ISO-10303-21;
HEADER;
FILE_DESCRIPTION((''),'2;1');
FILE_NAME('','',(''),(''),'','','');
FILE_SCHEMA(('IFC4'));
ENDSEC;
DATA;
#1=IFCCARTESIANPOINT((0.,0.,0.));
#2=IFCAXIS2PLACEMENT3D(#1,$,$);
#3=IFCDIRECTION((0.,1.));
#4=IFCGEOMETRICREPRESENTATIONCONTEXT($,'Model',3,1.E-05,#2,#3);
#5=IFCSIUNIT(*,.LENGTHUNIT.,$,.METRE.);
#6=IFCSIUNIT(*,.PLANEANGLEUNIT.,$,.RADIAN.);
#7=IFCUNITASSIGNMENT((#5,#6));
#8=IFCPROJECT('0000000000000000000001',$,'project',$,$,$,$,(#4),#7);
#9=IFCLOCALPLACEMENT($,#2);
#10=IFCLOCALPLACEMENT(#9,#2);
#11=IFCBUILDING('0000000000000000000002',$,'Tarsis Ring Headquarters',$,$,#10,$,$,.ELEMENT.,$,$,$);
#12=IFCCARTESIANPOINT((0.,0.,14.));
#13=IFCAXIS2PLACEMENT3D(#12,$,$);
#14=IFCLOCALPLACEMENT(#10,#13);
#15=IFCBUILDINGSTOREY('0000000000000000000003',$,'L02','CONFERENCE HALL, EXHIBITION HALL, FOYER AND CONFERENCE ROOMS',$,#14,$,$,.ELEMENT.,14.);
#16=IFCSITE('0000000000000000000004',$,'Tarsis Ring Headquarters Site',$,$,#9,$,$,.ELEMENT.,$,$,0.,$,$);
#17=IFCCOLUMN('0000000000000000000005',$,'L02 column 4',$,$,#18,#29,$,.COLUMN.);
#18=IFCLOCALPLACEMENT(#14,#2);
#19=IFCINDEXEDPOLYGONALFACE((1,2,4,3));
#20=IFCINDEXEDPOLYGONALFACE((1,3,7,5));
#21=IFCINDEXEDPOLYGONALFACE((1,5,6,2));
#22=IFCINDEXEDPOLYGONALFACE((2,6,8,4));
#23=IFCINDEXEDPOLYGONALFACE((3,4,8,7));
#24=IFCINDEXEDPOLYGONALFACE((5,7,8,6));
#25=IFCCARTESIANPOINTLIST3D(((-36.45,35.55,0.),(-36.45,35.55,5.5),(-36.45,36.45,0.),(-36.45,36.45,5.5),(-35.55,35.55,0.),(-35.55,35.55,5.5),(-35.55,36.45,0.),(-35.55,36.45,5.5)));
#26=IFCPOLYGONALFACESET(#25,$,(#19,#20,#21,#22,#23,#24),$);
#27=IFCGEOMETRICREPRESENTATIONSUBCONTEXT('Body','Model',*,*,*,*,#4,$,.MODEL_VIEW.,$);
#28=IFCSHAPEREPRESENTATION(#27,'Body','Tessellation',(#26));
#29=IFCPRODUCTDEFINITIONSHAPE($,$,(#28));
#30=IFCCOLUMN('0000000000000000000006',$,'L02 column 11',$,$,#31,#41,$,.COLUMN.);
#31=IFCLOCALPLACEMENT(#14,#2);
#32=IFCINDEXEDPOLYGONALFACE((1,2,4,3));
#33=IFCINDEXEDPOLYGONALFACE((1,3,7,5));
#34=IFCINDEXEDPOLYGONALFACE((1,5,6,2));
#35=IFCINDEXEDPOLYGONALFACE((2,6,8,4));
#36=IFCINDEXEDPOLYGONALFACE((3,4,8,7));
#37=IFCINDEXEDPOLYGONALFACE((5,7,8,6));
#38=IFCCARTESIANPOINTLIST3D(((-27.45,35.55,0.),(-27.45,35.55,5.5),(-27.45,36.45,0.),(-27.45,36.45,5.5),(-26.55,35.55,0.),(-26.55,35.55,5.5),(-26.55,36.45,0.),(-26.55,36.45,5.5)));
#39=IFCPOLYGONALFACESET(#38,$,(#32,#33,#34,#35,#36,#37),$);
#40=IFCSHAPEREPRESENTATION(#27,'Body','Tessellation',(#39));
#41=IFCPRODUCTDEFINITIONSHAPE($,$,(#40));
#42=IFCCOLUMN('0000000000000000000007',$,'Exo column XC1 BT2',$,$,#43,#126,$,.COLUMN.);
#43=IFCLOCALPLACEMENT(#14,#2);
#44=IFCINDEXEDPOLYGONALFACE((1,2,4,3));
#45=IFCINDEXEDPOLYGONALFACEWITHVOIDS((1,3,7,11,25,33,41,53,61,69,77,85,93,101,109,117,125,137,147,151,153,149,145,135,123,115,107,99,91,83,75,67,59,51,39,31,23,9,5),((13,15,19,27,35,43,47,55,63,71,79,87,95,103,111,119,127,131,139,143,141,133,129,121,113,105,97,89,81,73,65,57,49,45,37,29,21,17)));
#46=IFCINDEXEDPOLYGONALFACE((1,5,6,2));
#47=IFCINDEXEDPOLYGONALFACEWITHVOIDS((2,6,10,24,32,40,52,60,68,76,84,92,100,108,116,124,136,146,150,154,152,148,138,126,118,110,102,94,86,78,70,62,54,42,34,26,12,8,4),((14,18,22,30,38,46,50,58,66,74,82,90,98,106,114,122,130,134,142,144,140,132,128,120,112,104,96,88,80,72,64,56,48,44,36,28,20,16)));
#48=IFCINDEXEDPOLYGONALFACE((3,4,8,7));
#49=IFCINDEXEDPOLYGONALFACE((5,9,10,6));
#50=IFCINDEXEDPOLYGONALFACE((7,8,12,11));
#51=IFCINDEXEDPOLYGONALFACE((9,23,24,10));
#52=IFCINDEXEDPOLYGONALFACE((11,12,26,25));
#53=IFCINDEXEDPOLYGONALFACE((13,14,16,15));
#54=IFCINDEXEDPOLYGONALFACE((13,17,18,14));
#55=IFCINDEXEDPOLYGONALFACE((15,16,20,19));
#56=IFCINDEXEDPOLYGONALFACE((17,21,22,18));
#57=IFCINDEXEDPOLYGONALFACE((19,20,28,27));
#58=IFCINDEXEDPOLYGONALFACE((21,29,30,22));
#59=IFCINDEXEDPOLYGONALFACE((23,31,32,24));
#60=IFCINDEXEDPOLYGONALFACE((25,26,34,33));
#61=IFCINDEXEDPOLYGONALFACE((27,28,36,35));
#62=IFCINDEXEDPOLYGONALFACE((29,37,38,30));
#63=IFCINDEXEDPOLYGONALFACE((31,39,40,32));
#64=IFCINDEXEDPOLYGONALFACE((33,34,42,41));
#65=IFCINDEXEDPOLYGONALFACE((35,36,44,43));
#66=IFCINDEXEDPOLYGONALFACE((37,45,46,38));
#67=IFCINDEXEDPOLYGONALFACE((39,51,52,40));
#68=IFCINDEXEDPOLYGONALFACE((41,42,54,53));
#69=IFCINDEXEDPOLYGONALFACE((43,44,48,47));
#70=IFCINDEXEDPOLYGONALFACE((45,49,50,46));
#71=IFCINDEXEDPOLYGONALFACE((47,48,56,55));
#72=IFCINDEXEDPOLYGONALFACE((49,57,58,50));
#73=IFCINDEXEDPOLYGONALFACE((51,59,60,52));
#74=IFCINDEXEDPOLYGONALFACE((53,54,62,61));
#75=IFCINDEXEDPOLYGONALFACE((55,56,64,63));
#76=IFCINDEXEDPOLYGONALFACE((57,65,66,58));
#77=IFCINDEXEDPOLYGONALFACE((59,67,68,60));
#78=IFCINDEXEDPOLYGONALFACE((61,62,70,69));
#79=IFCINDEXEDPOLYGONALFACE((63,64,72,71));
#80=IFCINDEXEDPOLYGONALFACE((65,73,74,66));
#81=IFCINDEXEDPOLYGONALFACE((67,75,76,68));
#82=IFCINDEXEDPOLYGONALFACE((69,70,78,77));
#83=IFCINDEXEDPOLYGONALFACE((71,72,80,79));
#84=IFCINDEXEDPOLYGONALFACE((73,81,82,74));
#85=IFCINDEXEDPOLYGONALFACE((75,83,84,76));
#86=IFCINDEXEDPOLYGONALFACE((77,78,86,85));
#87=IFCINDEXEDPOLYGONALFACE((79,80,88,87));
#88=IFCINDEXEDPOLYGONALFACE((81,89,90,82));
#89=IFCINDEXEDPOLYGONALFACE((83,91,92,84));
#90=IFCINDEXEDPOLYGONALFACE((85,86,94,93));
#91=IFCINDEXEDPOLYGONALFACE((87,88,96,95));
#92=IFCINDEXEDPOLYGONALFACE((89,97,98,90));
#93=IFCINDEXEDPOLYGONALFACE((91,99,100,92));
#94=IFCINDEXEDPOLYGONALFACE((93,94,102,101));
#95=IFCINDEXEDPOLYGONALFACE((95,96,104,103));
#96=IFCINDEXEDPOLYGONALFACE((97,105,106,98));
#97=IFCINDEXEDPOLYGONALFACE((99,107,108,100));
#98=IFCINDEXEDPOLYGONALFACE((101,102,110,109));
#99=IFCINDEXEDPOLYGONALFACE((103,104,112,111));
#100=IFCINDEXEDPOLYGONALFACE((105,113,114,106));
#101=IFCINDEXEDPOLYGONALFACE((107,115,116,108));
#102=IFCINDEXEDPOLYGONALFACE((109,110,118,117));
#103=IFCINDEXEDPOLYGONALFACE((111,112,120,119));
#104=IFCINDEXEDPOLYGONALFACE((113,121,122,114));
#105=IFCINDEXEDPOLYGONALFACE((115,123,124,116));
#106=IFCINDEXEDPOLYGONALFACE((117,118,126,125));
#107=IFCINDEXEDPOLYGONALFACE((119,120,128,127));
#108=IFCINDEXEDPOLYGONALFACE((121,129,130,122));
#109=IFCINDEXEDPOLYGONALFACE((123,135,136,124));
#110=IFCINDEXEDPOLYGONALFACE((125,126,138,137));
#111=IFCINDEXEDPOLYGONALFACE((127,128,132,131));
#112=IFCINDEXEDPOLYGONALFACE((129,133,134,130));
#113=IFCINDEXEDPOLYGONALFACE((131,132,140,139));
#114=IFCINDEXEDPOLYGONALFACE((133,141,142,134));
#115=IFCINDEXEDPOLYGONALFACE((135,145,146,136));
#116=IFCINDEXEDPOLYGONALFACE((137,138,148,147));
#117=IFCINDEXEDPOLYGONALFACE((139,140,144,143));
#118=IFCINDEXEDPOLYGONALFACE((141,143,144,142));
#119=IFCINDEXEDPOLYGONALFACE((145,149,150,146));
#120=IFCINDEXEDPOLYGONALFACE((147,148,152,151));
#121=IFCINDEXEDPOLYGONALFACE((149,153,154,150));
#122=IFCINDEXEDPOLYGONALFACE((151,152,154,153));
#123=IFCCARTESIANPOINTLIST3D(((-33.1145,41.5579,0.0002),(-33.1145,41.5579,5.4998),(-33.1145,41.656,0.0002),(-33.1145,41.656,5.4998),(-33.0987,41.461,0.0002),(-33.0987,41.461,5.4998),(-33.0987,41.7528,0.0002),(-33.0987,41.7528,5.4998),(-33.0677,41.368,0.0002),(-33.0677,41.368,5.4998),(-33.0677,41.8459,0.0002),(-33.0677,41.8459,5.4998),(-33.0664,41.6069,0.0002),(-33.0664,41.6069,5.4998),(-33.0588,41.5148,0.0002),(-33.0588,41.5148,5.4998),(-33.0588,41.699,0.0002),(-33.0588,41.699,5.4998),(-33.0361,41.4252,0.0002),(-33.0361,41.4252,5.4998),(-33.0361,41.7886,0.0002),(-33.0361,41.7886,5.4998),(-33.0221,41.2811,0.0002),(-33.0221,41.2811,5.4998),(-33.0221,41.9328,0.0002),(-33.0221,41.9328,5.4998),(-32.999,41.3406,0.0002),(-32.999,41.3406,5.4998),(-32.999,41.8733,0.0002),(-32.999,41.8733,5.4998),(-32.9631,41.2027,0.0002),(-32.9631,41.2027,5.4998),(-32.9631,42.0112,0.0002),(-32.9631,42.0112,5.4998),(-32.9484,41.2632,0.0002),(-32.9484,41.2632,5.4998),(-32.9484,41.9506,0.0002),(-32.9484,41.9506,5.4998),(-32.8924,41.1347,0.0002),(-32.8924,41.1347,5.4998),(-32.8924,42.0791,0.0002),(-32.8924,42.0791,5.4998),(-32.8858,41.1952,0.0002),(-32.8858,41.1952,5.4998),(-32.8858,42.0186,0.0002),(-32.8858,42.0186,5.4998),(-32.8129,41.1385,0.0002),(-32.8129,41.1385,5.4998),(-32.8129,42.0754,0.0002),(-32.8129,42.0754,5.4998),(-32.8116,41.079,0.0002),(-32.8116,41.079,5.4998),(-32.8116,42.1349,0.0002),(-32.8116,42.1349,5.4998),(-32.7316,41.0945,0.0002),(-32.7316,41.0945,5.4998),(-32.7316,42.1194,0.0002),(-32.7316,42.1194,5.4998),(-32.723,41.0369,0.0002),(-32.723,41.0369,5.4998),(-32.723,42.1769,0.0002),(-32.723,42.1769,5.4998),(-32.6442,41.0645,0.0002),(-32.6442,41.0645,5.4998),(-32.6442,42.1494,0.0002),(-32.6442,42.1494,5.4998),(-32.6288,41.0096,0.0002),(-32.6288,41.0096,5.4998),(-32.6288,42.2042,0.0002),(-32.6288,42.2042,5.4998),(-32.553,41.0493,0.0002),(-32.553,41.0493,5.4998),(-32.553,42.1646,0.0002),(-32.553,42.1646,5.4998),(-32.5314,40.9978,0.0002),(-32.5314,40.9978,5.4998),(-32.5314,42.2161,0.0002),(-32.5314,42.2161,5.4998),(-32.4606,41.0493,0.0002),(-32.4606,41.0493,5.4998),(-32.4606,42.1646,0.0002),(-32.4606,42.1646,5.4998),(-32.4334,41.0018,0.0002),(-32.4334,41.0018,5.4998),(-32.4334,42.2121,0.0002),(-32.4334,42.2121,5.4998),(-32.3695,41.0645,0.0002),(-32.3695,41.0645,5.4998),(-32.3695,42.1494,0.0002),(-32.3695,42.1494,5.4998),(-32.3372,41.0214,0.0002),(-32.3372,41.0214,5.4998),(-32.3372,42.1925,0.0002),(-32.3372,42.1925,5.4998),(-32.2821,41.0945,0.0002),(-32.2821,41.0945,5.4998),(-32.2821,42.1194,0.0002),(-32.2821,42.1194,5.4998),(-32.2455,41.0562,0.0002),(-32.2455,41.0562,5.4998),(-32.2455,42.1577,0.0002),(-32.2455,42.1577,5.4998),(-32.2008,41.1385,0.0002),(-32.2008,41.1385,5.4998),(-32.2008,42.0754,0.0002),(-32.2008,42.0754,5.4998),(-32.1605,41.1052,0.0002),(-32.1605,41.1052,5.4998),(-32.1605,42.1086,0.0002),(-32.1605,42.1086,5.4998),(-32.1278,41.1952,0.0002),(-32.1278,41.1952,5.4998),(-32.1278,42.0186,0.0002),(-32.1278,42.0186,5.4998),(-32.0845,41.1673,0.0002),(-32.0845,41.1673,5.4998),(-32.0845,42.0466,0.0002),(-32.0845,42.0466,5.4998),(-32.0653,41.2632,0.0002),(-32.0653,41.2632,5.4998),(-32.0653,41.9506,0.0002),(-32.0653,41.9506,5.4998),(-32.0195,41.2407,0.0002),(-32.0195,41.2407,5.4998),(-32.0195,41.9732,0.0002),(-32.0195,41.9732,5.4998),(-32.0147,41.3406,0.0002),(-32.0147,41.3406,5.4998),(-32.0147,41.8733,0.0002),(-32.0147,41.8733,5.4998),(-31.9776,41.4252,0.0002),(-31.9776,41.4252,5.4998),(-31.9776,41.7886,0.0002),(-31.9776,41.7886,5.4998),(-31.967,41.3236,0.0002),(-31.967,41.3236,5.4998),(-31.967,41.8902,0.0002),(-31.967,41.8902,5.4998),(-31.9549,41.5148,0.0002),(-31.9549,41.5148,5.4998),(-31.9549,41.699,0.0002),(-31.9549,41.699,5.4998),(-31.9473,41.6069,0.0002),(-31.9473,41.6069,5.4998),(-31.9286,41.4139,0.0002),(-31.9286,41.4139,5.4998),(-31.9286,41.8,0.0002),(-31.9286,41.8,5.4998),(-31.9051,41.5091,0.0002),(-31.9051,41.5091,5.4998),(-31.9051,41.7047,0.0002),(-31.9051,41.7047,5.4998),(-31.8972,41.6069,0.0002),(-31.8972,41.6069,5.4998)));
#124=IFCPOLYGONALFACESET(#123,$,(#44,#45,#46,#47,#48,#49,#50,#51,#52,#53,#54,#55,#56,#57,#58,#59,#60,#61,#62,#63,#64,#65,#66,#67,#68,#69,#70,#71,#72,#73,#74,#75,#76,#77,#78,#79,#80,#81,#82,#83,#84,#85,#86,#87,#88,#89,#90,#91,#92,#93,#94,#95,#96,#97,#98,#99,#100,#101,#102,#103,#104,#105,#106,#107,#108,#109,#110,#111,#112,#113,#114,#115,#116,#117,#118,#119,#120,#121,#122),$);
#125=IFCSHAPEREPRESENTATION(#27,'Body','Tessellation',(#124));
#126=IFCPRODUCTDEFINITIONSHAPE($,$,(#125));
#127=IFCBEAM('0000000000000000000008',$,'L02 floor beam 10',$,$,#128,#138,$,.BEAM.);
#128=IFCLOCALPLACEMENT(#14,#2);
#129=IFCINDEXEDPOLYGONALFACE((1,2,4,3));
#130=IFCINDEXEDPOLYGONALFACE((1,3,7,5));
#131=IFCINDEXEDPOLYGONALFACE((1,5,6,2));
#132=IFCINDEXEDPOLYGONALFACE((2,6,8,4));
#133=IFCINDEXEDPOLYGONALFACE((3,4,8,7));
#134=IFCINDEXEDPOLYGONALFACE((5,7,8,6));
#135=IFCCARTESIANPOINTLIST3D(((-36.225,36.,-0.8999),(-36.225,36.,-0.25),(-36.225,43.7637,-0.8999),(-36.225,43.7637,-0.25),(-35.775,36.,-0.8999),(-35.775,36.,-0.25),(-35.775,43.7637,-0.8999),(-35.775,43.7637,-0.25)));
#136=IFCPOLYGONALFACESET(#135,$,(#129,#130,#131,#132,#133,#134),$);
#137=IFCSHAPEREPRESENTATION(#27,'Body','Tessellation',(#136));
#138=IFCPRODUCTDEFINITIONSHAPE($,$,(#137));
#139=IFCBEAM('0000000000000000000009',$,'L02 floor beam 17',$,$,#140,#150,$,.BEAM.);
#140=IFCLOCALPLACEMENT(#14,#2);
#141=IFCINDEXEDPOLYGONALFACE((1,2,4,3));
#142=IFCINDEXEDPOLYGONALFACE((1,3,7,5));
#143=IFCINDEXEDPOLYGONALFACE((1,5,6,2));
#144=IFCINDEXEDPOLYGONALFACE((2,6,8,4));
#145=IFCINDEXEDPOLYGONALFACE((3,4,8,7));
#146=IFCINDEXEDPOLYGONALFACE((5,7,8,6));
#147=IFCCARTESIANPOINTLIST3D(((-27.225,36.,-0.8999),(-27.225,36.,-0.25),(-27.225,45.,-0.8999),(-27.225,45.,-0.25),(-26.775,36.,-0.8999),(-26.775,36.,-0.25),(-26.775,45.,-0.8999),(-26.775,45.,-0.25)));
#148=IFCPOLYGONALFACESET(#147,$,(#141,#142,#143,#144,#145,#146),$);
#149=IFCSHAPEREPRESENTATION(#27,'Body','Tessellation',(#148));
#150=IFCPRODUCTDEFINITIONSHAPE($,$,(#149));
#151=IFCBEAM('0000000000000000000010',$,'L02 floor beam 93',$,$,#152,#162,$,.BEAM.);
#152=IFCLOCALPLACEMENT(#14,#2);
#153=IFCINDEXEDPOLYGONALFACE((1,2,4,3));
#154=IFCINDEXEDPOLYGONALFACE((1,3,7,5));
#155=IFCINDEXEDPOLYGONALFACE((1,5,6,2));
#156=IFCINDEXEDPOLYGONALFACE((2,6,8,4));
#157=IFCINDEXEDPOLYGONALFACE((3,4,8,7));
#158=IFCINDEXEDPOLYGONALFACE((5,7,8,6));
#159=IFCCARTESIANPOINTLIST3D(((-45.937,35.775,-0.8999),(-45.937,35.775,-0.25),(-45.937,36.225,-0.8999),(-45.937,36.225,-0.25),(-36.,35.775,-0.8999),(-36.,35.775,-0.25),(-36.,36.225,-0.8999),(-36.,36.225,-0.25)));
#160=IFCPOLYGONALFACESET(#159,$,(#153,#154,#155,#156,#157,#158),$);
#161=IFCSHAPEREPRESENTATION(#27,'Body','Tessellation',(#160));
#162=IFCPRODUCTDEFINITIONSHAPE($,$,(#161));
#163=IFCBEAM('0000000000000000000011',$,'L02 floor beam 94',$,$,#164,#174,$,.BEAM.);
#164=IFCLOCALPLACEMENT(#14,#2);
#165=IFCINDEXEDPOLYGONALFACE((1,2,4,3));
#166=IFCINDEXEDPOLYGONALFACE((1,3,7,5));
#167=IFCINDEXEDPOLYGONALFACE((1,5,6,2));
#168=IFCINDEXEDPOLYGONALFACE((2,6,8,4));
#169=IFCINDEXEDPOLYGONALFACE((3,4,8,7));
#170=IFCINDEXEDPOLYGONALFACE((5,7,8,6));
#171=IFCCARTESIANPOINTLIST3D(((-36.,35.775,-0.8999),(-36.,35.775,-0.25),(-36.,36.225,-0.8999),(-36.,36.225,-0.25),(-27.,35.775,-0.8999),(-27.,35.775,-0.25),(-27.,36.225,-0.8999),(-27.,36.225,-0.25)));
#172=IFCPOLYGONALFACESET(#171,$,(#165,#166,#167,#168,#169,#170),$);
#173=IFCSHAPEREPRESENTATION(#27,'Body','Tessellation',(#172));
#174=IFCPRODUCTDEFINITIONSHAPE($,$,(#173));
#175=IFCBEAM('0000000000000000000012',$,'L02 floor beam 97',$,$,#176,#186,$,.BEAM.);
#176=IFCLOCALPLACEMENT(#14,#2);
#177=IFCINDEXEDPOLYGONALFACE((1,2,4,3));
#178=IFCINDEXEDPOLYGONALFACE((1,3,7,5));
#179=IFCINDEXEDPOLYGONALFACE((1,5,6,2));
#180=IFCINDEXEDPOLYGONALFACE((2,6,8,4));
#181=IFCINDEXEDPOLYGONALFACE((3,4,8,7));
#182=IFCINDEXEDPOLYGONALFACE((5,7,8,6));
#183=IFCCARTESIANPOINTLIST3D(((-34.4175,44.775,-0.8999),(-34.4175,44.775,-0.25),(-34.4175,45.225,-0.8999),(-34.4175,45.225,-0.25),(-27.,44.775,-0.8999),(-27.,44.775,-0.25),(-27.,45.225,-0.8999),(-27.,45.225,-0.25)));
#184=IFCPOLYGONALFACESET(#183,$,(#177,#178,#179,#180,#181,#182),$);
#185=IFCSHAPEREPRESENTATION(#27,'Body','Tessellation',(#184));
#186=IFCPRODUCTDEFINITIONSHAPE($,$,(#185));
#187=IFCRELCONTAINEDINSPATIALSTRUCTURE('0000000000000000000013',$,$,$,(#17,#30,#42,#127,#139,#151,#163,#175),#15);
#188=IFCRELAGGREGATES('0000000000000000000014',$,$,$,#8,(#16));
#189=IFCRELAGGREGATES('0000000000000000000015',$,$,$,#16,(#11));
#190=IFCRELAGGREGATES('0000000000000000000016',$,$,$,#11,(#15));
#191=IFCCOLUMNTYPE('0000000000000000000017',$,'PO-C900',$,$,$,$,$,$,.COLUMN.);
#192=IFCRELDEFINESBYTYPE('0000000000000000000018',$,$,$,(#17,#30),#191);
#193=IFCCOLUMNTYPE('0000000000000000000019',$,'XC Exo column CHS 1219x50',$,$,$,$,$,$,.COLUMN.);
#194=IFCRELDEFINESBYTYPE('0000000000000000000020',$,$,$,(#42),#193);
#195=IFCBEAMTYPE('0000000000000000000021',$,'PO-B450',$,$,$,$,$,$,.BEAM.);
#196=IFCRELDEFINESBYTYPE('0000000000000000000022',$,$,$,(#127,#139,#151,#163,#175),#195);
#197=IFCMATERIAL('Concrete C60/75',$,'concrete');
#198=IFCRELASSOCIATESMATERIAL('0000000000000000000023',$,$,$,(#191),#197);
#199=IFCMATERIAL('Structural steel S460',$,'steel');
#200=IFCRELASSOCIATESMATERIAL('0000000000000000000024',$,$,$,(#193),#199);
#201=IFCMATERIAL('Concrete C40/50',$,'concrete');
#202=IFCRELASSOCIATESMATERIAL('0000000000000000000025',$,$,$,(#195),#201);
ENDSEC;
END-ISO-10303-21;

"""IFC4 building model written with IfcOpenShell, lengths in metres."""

from ifc_helpers import new_model, si_unit, direction, frame, origin, origin_2d, place, context, subcontext, project, spatial, rectangle, hollow_circle, extrude, material, material_profile, profile_set, type_object, element, save


model = new_model("IFC4")

# Units and contexts
model_context = context("Model", 3, precision=1e-05, world=origin(), true_north=direction((0.0, 1.0)))
body_context = subcontext(model_context, "Body", "Model", "MODEL_VIEW")
ifc_project = project(units=[si_unit("LENGTHUNIT", "METRE"), si_unit("PLANEANGLEUNIT", "RADIAN")], contexts=[model_context])

# Site, building, storey
site_placement = place(None, origin())
site = spatial("IfcSite", under=ifc_project, at=site_placement, Name="Tarsis Ring Headquarters Site", CompositionType="ELEMENT", RefElevation=0.0)
building_placement = place(site_placement, origin())
building = spatial("IfcBuilding", under=site, at=building_placement, Name="Tarsis Ring Headquarters", CompositionType="ELEMENT")
storey_placement = place(building_placement, frame((0.0, 0.0, 14.0)))
storey = spatial("IfcBuildingStorey", under=building, at=storey_placement, Name="L02", Description="CONFERENCE HALL, EXHIBITION HALL, FOYER AND CONFERENCE ROOMS", CompositionType="ELEMENT", Elevation=14.0)

# Columns
ifc_material_1 = material(Name="Concrete C60/75", Category="concrete")
ifc_material_profile_1 = material_profile(ifc_material_1, rectangle(XDim=0.8999, YDim=0.8999, at=origin_2d()), Name="PO-C900")
ifc_profile_set_1 = profile_set([ifc_material_profile_1], Name="Concrete C60/75")
column_type_1 = type_object("IfcColumnType", Name="PO-C900", PredefinedType="COLUMN", material=ifc_profile_set_1)
for number, where, z_axis, x_axis, name in (
    (1, (-36.0, 36.0, 0.0), (0.0, 0.0, 1.0), (1.0, 0.0, 0.0), "L02 column 4"),
    (2, (-27.0, 36.0, 0.0), (0.0, 0.0, 1.0), (1.0, 0.0, 0.0), "L02 column 11"),
):
    element("IfcColumn", number, at=place(storey_placement, frame(where, z_axis=z_axis, x_axis=x_axis)), inside=storey, type_object=column_type_1, Name=name, PredefinedType="COLUMN", context=body_context, shape_type="SweptSolid", body=[
        extrude(rectangle(XDim=0.8999, YDim=0.8999, at=origin_2d()), origin(), (0.0, 0.0, 1.0), 5.5),
    ])
ifc_material_2 = material(Name="Structural steel S460", Category="steel")
ifc_material_profile_2 = material_profile(ifc_material_2, hollow_circle(Radius=0.6096, WallThickness=0.05, at=origin_2d()), Name="CHS 1219x50")
ifc_profile_set_2 = profile_set([ifc_material_profile_2], Name="Structural steel S460")
column_type_2 = type_object("IfcColumnType", Name="XC Exo column CHS 1219x50", PredefinedType="COLUMN", material=ifc_profile_set_2)
column_placement = place(storey_placement, frame((-32.5068, 41.6069, 0.0002), z_axis=(0.0, 0.0, 1.0), x_axis=(1.0, 0.0, 0.0)))
element("IfcColumn", 3, at=column_placement, inside=storey, type_object=column_type_2, Name="Exo column XC1 BT2", PredefinedType="COLUMN", context=body_context, shape_type="SweptSolid", body=[
    extrude(hollow_circle(Radius=0.6096, WallThickness=0.05, at=origin_2d()), origin(), (0.0, 0.0, 1.0), 5.4995),
])

# Beams
ifc_material_3 = material(Name="Concrete C40/50", Category="concrete")
ifc_material_profile_3 = material_profile(ifc_material_3, rectangle(XDim=0.45, YDim=0.6499, at=origin_2d()), Name="PO-B450")
ifc_profile_set_3 = profile_set([ifc_material_profile_3], Name="Concrete C40/50")
beam_type_1 = type_object("IfcBeamType", Name="PO-B450", PredefinedType="BEAM", material=ifc_profile_set_3)
beam_1_placement = place(storey_placement, frame((-36.0, 36.0, -0.575), z_axis=(0.0, 1.0, 0.0), x_axis=(-1.0, 0.0, 0.0)))
element("IfcBeam", 4, at=beam_1_placement, inside=storey, type_object=beam_type_1, Name="L02 floor beam 10", PredefinedType="BEAM", context=body_context, shape_type="SweptSolid", body=[
    extrude(rectangle(XDim=0.45, YDim=0.6499, at=origin_2d()), origin(), (0.0, 0.0, 1.0), 7.7637),
])
beam_2_placement = place(storey_placement, frame((-27.0, 36.0, -0.575), z_axis=(0.0, 1.0, 0.0), x_axis=(-1.0, 0.0, 0.0)))
element("IfcBeam", 5, at=beam_2_placement, inside=storey, type_object=beam_type_1, Name="L02 floor beam 17", PredefinedType="BEAM", context=body_context, shape_type="SweptSolid", body=[
    extrude(rectangle(XDim=0.45, YDim=0.6499, at=origin_2d()), origin(), (0.0, 0.0, 1.0), 9.0),
])
beam_3_placement = place(storey_placement, frame((-45.937, 36.0, -0.575), z_axis=(1.0, 0.0, 0.0), x_axis=(0.0, 1.0, 0.0)))
element("IfcBeam", 6, at=beam_3_placement, inside=storey, type_object=beam_type_1, Name="L02 floor beam 93", PredefinedType="BEAM", context=body_context, shape_type="SweptSolid", body=[
    extrude(rectangle(XDim=0.45, YDim=0.6499, at=origin_2d()), origin(), (0.0, 0.0, 1.0), 9.937),
])
beam_4_placement = place(storey_placement, frame((-36.0, 36.0, -0.575), z_axis=(1.0, 0.0, 0.0), x_axis=(0.0, 1.0, 0.0)))
element("IfcBeam", 7, at=beam_4_placement, inside=storey, type_object=beam_type_1, Name="L02 floor beam 94", PredefinedType="BEAM", context=body_context, shape_type="SweptSolid", body=[
    extrude(rectangle(XDim=0.45, YDim=0.6499, at=origin_2d()), origin(), (0.0, 0.0, 1.0), 9.0),
])
beam_5_placement = place(storey_placement, frame((-34.4175, 45.0, -0.575), z_axis=(1.0, 0.0, 0.0), x_axis=(0.0, 1.0, 0.0)))
element("IfcBeam", 8, at=beam_5_placement, inside=storey, type_object=beam_type_1, Name="L02 floor beam 97", PredefinedType="BEAM", context=body_context, shape_type="SweptSolid", body=[
    extrude(rectangle(XDim=0.45, YDim=0.6499, at=origin_2d()), origin(), (0.0, 0.0, 1.0), 7.4175),
])

save(model, "model.ifc")
